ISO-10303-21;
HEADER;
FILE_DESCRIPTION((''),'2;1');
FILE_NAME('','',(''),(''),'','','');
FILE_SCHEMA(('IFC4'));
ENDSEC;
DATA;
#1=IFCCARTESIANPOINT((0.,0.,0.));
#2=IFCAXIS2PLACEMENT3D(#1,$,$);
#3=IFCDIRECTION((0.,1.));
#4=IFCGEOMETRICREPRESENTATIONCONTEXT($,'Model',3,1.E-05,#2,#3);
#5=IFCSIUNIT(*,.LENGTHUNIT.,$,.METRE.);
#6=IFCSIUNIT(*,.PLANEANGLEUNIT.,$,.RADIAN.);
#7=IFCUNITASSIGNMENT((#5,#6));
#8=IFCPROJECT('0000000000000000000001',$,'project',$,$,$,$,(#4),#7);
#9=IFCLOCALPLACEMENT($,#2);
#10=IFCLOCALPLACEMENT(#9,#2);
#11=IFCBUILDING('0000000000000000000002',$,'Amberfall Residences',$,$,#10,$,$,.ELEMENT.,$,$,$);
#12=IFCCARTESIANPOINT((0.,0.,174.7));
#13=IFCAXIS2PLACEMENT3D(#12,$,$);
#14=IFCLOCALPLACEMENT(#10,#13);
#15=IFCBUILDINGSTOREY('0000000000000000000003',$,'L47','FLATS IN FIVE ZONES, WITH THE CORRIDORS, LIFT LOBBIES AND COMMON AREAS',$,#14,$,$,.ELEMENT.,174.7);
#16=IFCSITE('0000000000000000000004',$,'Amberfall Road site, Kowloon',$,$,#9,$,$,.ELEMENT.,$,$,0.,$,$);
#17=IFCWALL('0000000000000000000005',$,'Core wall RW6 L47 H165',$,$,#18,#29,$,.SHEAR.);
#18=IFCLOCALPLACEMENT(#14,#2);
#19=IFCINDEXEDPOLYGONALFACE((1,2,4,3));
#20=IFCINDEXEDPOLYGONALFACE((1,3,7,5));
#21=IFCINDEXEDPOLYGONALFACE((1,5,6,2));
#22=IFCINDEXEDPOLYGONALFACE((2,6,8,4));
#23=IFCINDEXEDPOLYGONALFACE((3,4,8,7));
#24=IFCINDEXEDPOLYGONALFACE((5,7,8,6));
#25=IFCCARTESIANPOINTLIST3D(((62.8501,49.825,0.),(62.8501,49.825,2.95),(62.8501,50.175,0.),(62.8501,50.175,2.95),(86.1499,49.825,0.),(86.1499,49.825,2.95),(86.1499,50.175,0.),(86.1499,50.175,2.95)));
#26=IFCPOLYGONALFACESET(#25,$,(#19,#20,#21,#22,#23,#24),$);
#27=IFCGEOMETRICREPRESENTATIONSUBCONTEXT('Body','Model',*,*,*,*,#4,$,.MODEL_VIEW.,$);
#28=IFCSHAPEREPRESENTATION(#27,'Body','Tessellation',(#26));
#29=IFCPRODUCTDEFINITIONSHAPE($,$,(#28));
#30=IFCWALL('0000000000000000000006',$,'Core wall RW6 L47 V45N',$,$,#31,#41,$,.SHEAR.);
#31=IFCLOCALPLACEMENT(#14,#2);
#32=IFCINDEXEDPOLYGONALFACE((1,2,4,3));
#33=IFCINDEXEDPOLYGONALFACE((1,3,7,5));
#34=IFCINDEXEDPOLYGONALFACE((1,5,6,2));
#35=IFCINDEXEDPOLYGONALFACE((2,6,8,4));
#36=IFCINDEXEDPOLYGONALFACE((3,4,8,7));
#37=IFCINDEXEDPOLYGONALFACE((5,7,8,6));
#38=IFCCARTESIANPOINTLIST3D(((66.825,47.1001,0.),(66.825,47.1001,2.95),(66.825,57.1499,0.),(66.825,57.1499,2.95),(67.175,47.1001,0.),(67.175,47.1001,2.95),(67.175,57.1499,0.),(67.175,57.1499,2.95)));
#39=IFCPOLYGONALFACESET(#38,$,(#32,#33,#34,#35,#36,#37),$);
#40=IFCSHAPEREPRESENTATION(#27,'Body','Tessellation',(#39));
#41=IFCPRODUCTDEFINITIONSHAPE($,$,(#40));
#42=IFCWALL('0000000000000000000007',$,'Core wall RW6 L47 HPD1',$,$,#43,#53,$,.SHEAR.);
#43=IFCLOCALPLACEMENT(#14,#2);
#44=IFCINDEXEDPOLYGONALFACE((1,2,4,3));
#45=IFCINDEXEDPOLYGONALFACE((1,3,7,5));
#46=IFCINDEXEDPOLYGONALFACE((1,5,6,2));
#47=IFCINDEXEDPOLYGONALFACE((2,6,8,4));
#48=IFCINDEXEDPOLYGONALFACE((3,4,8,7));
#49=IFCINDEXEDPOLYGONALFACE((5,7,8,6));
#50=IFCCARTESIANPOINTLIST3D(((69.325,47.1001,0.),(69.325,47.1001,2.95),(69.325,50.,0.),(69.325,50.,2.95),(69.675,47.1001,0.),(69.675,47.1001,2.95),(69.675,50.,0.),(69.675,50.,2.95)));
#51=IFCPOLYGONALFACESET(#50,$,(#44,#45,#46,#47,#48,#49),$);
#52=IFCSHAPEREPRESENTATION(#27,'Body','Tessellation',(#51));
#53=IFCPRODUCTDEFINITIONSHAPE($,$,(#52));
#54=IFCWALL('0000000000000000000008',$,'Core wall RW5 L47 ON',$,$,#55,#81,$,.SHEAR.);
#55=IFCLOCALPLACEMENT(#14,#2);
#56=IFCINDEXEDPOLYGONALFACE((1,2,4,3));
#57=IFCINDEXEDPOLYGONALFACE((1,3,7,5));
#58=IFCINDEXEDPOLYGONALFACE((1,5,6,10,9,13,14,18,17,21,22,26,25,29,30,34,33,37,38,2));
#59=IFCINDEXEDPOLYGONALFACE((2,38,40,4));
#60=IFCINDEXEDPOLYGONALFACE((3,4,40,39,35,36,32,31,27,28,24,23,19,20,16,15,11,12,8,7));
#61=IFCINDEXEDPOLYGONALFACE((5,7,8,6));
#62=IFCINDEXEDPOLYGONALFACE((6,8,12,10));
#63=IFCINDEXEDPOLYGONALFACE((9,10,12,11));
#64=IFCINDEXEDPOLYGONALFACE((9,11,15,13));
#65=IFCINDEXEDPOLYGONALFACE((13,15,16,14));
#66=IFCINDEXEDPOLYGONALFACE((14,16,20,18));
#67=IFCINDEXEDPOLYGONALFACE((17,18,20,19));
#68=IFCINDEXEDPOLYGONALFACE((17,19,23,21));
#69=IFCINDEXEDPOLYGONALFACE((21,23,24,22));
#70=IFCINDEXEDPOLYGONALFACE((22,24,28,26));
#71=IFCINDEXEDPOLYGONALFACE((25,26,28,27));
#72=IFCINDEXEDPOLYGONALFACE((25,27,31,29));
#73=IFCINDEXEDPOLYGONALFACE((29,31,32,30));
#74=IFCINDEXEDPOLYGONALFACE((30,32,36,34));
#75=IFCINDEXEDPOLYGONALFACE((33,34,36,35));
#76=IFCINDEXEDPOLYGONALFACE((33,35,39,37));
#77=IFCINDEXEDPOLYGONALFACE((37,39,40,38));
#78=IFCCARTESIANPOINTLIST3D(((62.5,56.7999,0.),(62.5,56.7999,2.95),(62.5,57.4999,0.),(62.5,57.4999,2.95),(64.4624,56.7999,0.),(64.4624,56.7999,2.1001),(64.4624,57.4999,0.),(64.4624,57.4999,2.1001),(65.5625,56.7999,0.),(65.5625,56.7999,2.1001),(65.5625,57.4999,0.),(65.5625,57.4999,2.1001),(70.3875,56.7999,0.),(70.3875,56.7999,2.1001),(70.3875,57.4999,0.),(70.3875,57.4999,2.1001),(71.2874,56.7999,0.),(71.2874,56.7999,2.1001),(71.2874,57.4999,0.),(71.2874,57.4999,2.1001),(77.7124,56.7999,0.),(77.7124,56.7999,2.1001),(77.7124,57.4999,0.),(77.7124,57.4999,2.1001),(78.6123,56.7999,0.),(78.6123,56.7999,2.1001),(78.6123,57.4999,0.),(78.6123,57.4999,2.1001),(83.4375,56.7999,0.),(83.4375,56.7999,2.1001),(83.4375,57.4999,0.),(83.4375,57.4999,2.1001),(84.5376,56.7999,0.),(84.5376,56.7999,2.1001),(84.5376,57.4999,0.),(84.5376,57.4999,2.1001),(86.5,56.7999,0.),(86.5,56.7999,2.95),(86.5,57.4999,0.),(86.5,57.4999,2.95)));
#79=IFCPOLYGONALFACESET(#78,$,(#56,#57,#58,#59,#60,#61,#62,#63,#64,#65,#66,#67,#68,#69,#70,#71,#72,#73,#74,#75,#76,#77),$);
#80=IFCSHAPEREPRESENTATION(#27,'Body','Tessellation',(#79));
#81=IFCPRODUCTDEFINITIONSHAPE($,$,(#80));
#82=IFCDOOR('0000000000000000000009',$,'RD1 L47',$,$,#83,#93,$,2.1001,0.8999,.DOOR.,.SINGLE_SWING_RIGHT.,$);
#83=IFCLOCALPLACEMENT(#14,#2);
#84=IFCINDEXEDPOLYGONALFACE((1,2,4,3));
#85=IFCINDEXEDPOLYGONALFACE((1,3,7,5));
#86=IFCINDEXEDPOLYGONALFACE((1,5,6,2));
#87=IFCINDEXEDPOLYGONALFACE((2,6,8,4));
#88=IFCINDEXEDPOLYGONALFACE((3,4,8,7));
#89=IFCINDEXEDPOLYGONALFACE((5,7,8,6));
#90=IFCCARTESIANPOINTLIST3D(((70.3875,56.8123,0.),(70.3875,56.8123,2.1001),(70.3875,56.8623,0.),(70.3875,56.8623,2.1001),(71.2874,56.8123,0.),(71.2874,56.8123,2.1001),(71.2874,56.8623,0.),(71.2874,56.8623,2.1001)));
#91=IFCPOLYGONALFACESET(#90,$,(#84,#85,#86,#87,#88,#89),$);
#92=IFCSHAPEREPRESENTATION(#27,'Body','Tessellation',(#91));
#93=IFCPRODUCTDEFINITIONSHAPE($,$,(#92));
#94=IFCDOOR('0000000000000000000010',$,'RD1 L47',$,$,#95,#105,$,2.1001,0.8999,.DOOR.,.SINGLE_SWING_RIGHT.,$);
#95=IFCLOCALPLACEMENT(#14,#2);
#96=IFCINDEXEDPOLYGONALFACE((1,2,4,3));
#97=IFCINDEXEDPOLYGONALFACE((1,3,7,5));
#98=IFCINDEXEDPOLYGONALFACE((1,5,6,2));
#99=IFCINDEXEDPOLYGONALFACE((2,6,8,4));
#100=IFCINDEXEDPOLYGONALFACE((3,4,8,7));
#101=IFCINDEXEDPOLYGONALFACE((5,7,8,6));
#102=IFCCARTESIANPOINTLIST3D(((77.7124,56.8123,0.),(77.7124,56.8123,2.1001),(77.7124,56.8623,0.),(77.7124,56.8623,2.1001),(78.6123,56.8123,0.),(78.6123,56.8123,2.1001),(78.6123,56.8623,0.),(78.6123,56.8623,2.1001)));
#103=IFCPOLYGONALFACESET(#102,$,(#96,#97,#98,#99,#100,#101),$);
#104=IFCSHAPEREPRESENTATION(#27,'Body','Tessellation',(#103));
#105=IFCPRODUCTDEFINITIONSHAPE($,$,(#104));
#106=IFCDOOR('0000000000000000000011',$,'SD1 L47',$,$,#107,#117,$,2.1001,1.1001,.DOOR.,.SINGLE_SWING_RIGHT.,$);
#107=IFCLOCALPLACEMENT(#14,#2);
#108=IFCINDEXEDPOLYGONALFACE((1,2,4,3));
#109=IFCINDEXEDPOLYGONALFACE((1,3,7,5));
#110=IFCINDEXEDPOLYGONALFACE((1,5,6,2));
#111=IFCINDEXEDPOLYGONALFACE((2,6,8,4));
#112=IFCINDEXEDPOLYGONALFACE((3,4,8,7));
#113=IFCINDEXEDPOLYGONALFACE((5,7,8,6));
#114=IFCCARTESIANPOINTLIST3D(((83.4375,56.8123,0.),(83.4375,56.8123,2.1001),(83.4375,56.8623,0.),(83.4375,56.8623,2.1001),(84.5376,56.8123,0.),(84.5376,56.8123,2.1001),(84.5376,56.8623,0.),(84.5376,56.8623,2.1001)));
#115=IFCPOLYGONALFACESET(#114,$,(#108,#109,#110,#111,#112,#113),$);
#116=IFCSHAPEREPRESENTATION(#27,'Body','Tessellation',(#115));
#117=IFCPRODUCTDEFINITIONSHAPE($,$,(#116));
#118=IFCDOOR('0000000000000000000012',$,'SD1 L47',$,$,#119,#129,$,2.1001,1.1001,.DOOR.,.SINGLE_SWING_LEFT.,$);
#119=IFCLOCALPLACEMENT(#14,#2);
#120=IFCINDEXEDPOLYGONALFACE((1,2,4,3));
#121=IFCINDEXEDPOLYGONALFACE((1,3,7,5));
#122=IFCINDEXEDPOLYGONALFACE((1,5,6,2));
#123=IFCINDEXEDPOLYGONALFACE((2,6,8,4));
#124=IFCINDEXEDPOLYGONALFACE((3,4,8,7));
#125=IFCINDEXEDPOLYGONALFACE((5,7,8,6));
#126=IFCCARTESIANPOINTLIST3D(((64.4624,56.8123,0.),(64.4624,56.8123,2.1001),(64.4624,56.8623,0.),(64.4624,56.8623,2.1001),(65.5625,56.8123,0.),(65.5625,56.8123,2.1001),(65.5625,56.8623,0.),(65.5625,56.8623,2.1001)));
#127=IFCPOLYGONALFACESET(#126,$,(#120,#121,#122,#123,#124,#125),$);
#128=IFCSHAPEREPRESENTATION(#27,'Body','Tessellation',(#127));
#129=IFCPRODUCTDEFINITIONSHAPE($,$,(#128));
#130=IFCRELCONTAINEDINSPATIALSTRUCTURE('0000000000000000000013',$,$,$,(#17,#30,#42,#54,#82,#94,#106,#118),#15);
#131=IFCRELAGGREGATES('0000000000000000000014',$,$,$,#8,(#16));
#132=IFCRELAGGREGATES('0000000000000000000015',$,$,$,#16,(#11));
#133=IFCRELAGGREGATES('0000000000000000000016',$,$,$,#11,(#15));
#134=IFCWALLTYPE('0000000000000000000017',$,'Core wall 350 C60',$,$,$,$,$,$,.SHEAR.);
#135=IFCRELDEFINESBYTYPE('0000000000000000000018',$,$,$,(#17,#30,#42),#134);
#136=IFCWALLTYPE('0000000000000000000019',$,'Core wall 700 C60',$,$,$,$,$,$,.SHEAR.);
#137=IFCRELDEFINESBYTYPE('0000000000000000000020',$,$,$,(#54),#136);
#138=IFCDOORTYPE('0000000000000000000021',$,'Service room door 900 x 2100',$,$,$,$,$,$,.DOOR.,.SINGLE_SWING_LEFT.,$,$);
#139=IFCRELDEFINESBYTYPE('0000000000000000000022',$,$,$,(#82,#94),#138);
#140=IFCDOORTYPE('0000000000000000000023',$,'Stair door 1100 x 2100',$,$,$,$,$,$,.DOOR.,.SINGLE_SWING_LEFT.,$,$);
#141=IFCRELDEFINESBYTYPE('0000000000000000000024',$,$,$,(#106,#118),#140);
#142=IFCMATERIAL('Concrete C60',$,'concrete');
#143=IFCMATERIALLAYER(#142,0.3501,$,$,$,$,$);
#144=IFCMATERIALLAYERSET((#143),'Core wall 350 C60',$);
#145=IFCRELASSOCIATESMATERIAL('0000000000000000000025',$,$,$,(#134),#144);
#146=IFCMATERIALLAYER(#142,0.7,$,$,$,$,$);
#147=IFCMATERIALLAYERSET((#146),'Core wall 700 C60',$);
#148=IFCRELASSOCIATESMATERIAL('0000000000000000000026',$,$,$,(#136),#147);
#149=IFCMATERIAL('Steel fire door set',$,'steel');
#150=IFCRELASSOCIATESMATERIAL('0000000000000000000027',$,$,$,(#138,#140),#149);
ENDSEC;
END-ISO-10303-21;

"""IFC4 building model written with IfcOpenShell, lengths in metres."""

from ifc_helpers import new_model, si_unit, direction, frame, frame_2d, origin, place, context, subcontext, project, spatial, rectangle, extrude, material, layer, layer_set, type_object, element, fill, save


model = new_model("IFC4")

# Units and contexts
model_context = context("Model", 3, precision=1e-05, world=origin(), true_north=direction((0.0, 1.0)))
body_context = subcontext(model_context, "Body", "Model", "MODEL_VIEW")
ifc_project = project(units=[si_unit("LENGTHUNIT", "METRE"), si_unit("PLANEANGLEUNIT", "RADIAN")], contexts=[model_context])

# Site, building, storey
site_placement = place(None, origin())
site = spatial("IfcSite", under=ifc_project, at=site_placement, Name="Amberfall Road site, Kowloon", CompositionType="ELEMENT", RefElevation=0.0)
building_placement = place(site_placement, origin())
building = spatial("IfcBuilding", under=site, at=building_placement, Name="Amberfall Residences", CompositionType="ELEMENT")
storey_placement = place(building_placement, frame((0.0, 0.0, 174.7)))
storey = spatial("IfcBuildingStorey", under=building, at=storey_placement, Name="L47", Description="FLATS IN FIVE ZONES, WITH THE CORRIDORS, LIFT LOBBIES AND COMMON AREAS", CompositionType="ELEMENT", Elevation=174.7)

# Walls
ifc_material_1 = material(Name="Concrete C60", Category="concrete")
ifc_layer_1 = layer(ifc_material_1, 0.3501)
ifc_layer_set_1 = layer_set([ifc_layer_1], Name="Core wall 350 C60")
wall_type_1 = type_object("IfcWallType", Name="Core wall 350 C60", PredefinedType="SHEAR", material=ifc_layer_set_1)
wall_1_placement = place(storey_placement, frame((62.8501, 50.0, 0.0), z_axis=(0.0, 0.0, 1.0), x_axis=(1.0, 0.0, 0.0)))
element("IfcWall", 1, at=wall_1_placement, inside=storey, type_object=wall_type_1, Name="Core wall RW6 L47 H165", PredefinedType="SHEAR", context=body_context, shape_type="SweptSolid", body=[
    extrude(rectangle(XDim=23.2998, YDim=0.3501, at=frame_2d((11.6499, 0.0))), origin(), (0.0, 0.0, 1.0), 2.95),
])
wall_2_placement = place(storey_placement, frame((67.0, 47.1001, 0.0), z_axis=(0.0, 0.0, 1.0), x_axis=(0.0, 1.0, 0.0)))
element("IfcWall", 2, at=wall_2_placement, inside=storey, type_object=wall_type_1, Name="Core wall RW6 L47 V45N", PredefinedType="SHEAR", context=body_context, shape_type="SweptSolid", body=[
    extrude(rectangle(XDim=10.0498, YDim=0.3501, at=frame_2d((5.0249, 0.0))), origin(), (0.0, 0.0, 1.0), 2.95),
])
wall_3_placement = place(storey_placement, frame((69.5, 47.1001, 0.0), z_axis=(0.0, 0.0, 1.0), x_axis=(0.0, 1.0, 0.0)))
element("IfcWall", 3, at=wall_3_placement, inside=storey, type_object=wall_type_1, Name="Core wall RW6 L47 HPD1", PredefinedType="SHEAR", context=body_context, shape_type="SweptSolid", body=[
    extrude(rectangle(XDim=2.8999, YDim=0.3501, at=frame_2d((1.45, 0.0))), origin(), (0.0, 0.0, 1.0), 2.95),
])

# Wall, openings, doors
ifc_layer_2 = layer(ifc_material_1, 0.7)
ifc_layer_set_2 = layer_set([ifc_layer_2], Name="Core wall 700 C60")
wall_type_2 = type_object("IfcWallType", Name="Core wall 700 C60", PredefinedType="SHEAR", material=ifc_layer_set_2)
wall_4_placement = place(storey_placement, frame((62.5, 57.1499, 0.0), z_axis=(0.0, 0.0, 1.0), x_axis=(1.0, 0.0, 0.0)))
wall_4 = element("IfcWall", 4, at=wall_4_placement, inside=storey, type_object=wall_type_2, Name="Core wall RW5 L47 ON", PredefinedType="SHEAR", context=body_context, shape_type="SweptSolid", body=[
    extrude(rectangle(XDim=24.0, YDim=0.7, at=frame_2d((12.0, 0.0))), origin(), (0.0, 0.0, 1.0), 2.95),
])
opening_1_placement = place(wall_4_placement, frame((20.9375, 0.0, 0.0)))
opening_1 = element("IfcOpeningElement", 5, at=opening_1_placement, cuts=wall_4, PredefinedType="OPENING", context=body_context, shape_type="SweptSolid", body=[
    extrude(rectangle(XDim=1.1001, YDim=2.1001, at=frame_2d((0.55, 1.05))), frame((0.0, 0.3599, 0.0), z_axis=(0.0, -1.0, 0.0), x_axis=(1.0, 0.0, 0.0)), (0.0, 0.0, 1.0), 0.72),
])
opening_2_placement = place(wall_4_placement, frame((1.9624, 0.0, 0.0)))
opening_2 = element("IfcOpeningElement", 6, at=opening_2_placement, cuts=wall_4, PredefinedType="OPENING", context=body_context, shape_type="SweptSolid", body=[
    extrude(rectangle(XDim=1.1001, YDim=2.1001, at=frame_2d((0.55, 1.05))), frame((0.0, 0.3599, 0.0), z_axis=(0.0, -1.0, 0.0), x_axis=(1.0, 0.0, 0.0)), (0.0, 0.0, 1.0), 0.72),
])
opening_3_placement = place(wall_4_placement, frame((7.8875, 0.0, 0.0)))
opening_3 = element("IfcOpeningElement", 7, at=opening_3_placement, cuts=wall_4, PredefinedType="OPENING", context=body_context, shape_type="SweptSolid", body=[
    extrude(rectangle(XDim=0.8999, YDim=2.1001, at=frame_2d((0.45, 1.05))), frame((0.0, 0.3599, 0.0), z_axis=(0.0, -1.0, 0.0), x_axis=(1.0, 0.0, 0.0)), (0.0, 0.0, 1.0), 0.72),
])
opening_4_placement = place(wall_4_placement, frame((15.2124, 0.0, 0.0)))
opening_4 = element("IfcOpeningElement", 8, at=opening_4_placement, cuts=wall_4, PredefinedType="OPENING", context=body_context, shape_type="SweptSolid", body=[
    extrude(rectangle(XDim=0.8999, YDim=2.1001, at=frame_2d((0.45, 1.05))), frame((0.0, 0.3599, 0.0), z_axis=(0.0, -1.0, 0.0), x_axis=(1.0, 0.0, 0.0)), (0.0, 0.0, 1.0), 0.72),
])
ifc_material_2 = material(Name="Steel fire door set", Category="steel")
door_type_1 = type_object("IfcDoorType", Name="Service room door 900 x 2100", OperationType="SINGLE_SWING_LEFT", PredefinedType="DOOR", material=ifc_material_2)
door_1_placement = place(opening_3_placement, origin())
door_1 = element("IfcDoor", 9, at=door_1_placement, inside=storey, type_object=door_type_1, Name="RD1 L47", OperationType="SINGLE_SWING_RIGHT", OverallHeight=2.1001, OverallWidth=0.8999, PredefinedType="DOOR", context=body_context, shape_type="SweptSolid", body=[
    extrude(rectangle(XDim=0.8999, YDim=2.1001, at=frame_2d((0.45, 1.05))), frame((0.0, -0.2876, 0.0), z_axis=(0.0, -1.0, 0.0), x_axis=(1.0, 0.0, 0.0)), (0.0, 0.0, 1.0), 0.05),
])
fill(opening_3, door_1)
door_2_placement = place(opening_4_placement, origin())
door_2 = element("IfcDoor", 10, at=door_2_placement, inside=storey, type_object=door_type_1, Name="RD1 L47", OperationType="SINGLE_SWING_RIGHT", OverallHeight=2.1001, OverallWidth=0.8999, PredefinedType="DOOR", context=body_context, shape_type="SweptSolid", body=[
    extrude(rectangle(XDim=0.8999, YDim=2.1001, at=frame_2d((0.45, 1.05))), frame((0.0, -0.2876, 0.0), z_axis=(0.0, -1.0, 0.0), x_axis=(1.0, 0.0, 0.0)), (0.0, 0.0, 1.0), 0.05),
])
fill(opening_4, door_2)
door_type_2 = type_object("IfcDoorType", Name="Stair door 1100 x 2100", OperationType="SINGLE_SWING_LEFT", PredefinedType="DOOR", material=ifc_material_2)
door_3_placement = place(opening_1_placement, origin())
door_3 = element("IfcDoor", 11, at=door_3_placement, inside=storey, type_object=door_type_2, Name="SD1 L47", OperationType="SINGLE_SWING_RIGHT", OverallHeight=2.1001, OverallWidth=1.1001, PredefinedType="DOOR", context=body_context, shape_type="SweptSolid", body=[
    extrude(rectangle(XDim=1.1001, YDim=2.1001, at=frame_2d((0.55, 1.05))), frame((0.0, -0.2876, 0.0), z_axis=(0.0, -1.0, 0.0), x_axis=(1.0, 0.0, 0.0)), (0.0, 0.0, 1.0), 0.05),
])
fill(opening_1, door_3)
door_4_placement = place(opening_2_placement, origin())
door_4 = element("IfcDoor", 12, at=door_4_placement, inside=storey, type_object=door_type_2, Name="SD1 L47", OperationType="SINGLE_SWING_LEFT", OverallHeight=2.1001, OverallWidth=1.1001, PredefinedType="DOOR", context=body_context, shape_type="SweptSolid", body=[
    extrude(rectangle(XDim=1.1001, YDim=2.1001, at=frame_2d((0.55, 1.05))), frame((0.0, -0.2876, 0.0), z_axis=(0.0, -1.0, 0.0), x_axis=(1.0, 0.0, 0.0)), (0.0, 0.0, 1.0), 0.05),
])
fill(opening_2, door_4)

save(model, "model.ifc")
